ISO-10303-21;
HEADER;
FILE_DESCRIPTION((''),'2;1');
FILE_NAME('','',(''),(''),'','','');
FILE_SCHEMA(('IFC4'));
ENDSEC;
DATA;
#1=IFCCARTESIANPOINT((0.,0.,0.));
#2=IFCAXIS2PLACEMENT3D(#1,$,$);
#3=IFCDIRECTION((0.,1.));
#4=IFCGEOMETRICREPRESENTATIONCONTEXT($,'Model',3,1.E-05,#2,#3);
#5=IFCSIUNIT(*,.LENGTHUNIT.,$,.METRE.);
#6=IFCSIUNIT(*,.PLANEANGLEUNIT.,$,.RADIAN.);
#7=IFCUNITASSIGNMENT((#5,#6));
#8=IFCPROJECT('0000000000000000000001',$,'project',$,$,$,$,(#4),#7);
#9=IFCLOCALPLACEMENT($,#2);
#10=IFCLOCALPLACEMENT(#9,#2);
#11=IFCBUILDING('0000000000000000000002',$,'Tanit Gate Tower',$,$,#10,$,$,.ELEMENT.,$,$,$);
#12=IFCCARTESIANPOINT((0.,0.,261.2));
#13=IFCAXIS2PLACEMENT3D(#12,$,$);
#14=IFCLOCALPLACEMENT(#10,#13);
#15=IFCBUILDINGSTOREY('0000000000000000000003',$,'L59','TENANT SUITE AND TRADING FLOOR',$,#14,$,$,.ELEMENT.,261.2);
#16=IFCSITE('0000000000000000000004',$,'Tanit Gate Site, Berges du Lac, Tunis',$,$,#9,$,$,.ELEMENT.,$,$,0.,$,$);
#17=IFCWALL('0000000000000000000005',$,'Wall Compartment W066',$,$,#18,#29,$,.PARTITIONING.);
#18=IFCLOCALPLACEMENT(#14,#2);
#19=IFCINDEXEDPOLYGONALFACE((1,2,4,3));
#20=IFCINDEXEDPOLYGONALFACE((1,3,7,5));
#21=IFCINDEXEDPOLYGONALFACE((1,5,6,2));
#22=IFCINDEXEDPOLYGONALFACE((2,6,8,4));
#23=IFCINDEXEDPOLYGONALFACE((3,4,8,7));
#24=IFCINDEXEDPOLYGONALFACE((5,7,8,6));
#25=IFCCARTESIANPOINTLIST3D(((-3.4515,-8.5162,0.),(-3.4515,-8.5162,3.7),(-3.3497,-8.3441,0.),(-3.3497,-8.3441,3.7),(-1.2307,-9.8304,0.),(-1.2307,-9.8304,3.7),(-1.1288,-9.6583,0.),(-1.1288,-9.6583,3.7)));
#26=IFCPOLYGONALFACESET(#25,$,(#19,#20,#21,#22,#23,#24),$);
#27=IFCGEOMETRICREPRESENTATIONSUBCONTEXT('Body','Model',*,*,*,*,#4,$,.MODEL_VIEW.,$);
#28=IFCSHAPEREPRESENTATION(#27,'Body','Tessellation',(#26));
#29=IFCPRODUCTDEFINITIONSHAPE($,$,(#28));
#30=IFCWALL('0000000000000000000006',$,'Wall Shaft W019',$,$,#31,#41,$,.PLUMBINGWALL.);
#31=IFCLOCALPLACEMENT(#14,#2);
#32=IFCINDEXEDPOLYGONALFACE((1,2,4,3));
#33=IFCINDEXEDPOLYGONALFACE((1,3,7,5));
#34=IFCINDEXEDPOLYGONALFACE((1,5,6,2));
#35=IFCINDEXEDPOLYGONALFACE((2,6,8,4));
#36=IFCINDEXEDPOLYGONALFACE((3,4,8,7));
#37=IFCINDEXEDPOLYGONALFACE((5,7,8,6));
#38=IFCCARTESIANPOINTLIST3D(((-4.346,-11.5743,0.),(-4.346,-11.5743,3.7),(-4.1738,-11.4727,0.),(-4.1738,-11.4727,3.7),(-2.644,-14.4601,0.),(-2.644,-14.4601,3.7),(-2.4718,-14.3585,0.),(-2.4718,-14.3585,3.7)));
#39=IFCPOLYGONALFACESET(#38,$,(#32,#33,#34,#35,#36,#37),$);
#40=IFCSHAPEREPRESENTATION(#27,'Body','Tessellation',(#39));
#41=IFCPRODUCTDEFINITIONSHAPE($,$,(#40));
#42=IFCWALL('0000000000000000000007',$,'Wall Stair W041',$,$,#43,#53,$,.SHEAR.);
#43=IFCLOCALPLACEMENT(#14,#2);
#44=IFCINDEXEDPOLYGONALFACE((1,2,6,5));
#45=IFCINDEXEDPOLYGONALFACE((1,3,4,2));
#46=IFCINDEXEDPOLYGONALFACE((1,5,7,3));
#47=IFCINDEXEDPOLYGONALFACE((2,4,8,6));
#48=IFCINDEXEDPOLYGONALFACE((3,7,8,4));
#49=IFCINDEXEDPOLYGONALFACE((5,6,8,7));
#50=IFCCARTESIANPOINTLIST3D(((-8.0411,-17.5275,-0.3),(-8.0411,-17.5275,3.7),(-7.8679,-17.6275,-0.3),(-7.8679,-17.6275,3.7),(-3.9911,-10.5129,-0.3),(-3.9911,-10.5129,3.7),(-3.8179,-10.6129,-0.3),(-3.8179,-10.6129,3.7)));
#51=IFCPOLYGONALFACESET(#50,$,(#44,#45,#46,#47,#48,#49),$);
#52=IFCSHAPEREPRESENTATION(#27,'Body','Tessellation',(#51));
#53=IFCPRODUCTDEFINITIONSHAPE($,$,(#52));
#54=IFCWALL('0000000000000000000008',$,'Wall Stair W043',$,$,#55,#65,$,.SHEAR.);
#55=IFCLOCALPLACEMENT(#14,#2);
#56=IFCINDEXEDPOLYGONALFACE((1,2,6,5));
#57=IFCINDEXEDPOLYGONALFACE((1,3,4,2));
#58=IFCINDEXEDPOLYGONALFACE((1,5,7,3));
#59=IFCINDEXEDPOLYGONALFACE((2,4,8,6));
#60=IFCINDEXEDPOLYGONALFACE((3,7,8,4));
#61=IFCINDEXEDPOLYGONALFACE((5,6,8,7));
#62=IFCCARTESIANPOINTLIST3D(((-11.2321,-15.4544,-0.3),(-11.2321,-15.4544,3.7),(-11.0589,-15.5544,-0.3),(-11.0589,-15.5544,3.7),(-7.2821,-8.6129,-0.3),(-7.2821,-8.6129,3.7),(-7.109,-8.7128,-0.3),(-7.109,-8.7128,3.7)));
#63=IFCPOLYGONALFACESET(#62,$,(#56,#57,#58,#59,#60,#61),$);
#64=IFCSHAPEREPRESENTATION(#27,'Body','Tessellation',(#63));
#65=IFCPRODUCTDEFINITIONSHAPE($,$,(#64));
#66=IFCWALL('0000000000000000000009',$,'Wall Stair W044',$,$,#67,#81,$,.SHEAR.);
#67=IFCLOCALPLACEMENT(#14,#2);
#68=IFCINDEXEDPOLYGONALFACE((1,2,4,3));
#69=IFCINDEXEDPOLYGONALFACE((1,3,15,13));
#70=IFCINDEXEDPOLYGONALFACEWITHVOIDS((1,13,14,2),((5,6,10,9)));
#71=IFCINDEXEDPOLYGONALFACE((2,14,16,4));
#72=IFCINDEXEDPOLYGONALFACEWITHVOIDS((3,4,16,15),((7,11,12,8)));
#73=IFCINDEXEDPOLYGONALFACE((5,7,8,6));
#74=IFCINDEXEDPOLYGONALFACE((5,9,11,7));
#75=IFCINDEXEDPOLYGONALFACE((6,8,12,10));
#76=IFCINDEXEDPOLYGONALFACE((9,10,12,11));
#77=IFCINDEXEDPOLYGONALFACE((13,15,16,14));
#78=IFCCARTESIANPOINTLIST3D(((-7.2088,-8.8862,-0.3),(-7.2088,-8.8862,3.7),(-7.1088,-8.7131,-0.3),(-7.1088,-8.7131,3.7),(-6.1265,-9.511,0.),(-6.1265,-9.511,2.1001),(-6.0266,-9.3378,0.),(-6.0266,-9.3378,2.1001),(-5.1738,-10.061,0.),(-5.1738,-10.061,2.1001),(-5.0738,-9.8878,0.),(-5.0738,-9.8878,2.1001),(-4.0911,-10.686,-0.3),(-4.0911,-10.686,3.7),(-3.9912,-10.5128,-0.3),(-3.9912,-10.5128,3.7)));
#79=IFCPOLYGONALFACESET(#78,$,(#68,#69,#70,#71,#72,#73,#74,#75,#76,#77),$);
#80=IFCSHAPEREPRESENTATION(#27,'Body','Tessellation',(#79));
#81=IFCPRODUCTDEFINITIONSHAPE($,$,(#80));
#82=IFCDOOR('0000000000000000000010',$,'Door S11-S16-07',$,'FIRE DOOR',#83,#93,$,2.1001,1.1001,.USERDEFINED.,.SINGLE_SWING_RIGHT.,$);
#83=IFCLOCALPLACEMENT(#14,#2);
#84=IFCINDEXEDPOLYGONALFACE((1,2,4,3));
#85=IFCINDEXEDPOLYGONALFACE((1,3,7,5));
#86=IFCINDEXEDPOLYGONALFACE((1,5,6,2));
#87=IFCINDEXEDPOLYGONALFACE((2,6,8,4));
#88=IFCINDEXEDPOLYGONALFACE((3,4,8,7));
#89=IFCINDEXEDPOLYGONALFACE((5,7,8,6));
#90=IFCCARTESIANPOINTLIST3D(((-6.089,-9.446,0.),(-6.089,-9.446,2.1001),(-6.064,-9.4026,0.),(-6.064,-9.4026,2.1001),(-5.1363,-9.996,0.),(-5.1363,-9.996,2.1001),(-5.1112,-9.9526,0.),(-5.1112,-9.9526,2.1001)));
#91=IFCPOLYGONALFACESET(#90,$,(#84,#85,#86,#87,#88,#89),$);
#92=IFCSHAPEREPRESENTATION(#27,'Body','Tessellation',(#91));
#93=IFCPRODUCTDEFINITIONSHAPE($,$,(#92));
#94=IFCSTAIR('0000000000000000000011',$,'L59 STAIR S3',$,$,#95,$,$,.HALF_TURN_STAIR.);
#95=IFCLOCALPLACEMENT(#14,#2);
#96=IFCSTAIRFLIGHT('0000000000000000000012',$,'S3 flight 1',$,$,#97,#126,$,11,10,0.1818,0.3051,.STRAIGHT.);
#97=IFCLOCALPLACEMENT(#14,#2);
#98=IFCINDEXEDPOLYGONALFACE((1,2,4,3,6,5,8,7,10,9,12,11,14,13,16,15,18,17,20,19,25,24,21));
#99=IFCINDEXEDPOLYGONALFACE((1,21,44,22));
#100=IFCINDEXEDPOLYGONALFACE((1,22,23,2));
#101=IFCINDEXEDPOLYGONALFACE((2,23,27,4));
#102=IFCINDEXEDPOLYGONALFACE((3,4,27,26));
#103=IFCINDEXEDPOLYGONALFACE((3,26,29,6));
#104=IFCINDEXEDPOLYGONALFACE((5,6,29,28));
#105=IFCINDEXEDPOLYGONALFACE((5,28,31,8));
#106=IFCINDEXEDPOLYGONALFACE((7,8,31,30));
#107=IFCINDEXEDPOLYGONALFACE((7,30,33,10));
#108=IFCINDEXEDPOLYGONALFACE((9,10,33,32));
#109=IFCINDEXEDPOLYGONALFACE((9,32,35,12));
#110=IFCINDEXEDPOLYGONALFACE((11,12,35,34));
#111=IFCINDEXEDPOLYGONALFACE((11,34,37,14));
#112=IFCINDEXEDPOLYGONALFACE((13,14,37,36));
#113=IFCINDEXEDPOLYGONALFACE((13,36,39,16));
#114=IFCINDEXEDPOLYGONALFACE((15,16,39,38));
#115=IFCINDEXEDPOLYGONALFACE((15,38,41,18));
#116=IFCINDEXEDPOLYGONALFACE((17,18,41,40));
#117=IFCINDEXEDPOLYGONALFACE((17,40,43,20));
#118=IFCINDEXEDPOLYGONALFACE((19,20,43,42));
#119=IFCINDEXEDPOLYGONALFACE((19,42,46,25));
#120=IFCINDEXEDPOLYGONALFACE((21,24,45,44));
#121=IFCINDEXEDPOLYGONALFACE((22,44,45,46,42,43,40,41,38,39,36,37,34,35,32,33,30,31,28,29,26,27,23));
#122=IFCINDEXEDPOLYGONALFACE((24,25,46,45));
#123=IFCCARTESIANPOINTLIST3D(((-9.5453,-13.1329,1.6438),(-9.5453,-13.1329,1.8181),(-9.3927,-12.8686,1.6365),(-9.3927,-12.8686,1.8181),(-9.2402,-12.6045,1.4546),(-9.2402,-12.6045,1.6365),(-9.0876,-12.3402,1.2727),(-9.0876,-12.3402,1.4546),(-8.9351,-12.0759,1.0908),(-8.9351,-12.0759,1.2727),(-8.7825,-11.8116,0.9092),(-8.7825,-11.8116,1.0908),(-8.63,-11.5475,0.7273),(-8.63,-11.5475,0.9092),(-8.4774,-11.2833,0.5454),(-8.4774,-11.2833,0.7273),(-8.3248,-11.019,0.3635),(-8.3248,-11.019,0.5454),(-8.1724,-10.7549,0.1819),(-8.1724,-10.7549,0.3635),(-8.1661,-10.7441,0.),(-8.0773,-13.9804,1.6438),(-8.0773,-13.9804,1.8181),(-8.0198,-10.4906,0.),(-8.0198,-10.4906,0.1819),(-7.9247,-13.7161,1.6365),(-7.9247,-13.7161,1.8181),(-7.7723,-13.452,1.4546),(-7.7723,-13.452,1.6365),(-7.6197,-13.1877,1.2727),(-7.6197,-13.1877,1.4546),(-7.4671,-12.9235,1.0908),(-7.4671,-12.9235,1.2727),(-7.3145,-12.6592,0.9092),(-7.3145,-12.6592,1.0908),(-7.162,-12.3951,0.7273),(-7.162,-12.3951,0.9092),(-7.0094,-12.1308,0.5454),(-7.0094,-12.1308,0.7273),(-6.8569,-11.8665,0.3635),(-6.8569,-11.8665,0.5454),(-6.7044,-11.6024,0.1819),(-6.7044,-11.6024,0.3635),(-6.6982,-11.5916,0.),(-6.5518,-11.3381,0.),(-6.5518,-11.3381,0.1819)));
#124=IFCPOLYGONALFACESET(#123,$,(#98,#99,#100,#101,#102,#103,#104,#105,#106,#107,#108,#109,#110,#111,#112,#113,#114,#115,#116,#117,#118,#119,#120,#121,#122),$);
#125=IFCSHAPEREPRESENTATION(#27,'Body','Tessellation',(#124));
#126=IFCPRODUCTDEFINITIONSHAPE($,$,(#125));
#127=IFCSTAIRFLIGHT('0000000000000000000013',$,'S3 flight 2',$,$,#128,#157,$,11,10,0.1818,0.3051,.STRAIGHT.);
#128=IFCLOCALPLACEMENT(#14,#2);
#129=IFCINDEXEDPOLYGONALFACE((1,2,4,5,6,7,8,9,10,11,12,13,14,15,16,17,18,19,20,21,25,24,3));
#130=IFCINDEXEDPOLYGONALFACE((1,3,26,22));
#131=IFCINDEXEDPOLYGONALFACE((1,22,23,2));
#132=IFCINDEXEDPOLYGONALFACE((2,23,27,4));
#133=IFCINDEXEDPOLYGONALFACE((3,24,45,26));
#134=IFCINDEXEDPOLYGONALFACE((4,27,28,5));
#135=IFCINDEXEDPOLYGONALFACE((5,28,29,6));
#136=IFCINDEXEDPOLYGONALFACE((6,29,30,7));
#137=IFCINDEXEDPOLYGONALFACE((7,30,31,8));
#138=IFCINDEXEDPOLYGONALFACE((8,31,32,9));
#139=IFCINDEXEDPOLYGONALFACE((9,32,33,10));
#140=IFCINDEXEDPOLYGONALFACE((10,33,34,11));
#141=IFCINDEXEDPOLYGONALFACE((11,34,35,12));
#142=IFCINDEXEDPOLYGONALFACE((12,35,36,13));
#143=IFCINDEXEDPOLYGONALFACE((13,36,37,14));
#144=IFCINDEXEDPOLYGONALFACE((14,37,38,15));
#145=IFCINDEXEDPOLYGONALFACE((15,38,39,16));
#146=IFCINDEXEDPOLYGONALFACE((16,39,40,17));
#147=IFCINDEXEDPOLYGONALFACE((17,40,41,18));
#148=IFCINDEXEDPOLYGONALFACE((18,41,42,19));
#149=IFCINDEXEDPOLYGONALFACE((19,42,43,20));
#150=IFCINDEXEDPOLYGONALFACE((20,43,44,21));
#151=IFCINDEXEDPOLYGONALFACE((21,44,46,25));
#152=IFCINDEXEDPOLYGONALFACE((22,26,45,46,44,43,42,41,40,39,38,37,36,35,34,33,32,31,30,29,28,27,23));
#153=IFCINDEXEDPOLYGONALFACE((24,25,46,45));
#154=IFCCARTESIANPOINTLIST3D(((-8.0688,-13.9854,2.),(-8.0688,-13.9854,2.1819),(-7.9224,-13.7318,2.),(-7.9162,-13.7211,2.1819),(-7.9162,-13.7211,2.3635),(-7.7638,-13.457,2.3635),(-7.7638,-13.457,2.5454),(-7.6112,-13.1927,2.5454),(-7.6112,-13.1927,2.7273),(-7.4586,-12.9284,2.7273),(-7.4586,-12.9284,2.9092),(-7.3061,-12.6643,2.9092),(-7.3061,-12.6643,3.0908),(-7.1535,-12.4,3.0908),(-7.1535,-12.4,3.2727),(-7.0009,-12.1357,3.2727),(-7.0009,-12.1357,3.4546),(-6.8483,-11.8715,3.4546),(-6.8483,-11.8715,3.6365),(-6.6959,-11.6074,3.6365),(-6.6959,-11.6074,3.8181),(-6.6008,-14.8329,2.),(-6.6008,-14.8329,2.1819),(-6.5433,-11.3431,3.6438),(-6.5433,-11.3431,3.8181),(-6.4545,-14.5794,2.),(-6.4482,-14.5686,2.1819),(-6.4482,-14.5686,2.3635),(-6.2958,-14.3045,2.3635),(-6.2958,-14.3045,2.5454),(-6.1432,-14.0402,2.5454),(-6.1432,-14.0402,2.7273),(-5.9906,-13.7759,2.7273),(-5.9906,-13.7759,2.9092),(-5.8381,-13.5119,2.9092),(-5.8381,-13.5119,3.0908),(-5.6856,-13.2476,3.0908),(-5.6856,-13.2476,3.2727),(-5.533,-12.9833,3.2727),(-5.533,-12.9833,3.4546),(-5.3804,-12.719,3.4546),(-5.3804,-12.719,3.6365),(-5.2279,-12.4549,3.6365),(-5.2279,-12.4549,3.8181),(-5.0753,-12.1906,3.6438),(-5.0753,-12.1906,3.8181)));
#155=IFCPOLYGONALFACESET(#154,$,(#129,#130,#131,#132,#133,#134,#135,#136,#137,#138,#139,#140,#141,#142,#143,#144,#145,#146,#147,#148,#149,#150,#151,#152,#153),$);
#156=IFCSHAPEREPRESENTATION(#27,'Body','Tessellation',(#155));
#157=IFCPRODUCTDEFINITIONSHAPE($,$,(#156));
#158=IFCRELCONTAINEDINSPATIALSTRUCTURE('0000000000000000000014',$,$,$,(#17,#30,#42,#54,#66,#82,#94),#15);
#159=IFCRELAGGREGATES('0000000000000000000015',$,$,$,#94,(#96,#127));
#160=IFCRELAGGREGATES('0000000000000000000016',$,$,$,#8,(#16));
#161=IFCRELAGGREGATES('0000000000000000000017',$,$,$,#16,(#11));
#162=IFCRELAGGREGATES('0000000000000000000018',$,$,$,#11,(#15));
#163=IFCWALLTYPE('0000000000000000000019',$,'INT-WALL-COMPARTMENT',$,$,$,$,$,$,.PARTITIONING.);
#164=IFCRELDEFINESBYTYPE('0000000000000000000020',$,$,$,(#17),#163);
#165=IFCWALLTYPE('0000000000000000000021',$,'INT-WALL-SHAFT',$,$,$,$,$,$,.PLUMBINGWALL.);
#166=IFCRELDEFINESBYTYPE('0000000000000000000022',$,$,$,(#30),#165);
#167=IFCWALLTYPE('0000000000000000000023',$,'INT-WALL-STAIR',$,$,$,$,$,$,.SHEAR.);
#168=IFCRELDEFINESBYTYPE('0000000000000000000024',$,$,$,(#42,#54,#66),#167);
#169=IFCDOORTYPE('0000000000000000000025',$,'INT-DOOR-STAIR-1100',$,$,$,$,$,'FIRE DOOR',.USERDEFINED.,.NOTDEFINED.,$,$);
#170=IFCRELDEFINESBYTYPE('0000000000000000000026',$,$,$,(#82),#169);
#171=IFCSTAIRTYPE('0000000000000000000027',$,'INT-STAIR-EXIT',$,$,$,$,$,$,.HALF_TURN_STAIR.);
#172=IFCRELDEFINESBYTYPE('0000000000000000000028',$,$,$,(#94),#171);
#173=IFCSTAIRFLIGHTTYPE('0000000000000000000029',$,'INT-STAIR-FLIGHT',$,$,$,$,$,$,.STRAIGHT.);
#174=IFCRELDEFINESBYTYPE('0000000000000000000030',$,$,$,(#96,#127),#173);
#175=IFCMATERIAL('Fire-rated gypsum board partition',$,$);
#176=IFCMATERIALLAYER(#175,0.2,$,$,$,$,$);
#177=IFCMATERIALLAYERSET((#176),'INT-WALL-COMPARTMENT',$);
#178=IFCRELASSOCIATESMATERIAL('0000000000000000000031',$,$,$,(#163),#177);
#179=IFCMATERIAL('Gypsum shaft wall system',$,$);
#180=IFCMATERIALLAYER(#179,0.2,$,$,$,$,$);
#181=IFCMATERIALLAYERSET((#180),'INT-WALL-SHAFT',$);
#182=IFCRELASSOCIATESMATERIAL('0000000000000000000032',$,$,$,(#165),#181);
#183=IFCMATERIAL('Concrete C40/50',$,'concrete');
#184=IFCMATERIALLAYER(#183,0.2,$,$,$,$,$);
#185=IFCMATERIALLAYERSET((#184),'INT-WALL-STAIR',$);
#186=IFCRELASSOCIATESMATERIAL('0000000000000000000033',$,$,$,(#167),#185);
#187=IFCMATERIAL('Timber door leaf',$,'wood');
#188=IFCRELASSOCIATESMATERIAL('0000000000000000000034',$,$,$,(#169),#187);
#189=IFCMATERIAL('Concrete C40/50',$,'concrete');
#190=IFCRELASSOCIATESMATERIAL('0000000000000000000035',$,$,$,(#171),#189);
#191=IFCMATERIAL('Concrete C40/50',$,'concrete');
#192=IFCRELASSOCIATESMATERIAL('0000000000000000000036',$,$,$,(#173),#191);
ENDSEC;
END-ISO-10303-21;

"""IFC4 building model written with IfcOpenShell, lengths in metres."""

from ifc_helpers import new_model, si_unit, direction, frame, frame_2d, origin, place, context, subcontext, project, spatial, polyline, rectangle, outline, extrude, material, layer, layer_set, type_object, element, fill, aggregate, save


model = new_model("IFC4")

# Units and contexts
model_context = context("Model", 3, precision=1e-05, world=origin(), true_north=direction((0.0, 1.0)))
body_context = subcontext(model_context, "Body", "Model", "MODEL_VIEW")
ifc_project = project(units=[si_unit("LENGTHUNIT", "METRE"), si_unit("PLANEANGLEUNIT", "RADIAN")], contexts=[model_context])

# Site, building, storey
site_placement = place(None, origin())
site = spatial("IfcSite", under=ifc_project, at=site_placement, Name="Tanit Gate Site, Berges du Lac, Tunis", CompositionType="ELEMENT", RefElevation=0.0)
building_placement = place(site_placement, origin())
building = spatial("IfcBuilding", under=site, at=building_placement, Name="Tanit Gate Tower", CompositionType="ELEMENT")
storey_placement = place(building_placement, frame((0.0, 0.0, 261.2)))
storey = spatial("IfcBuildingStorey", under=building, at=storey_placement, Name="L59", Description="TENANT SUITE AND TRADING FLOOR", CompositionType="ELEMENT", Elevation=261.2)

# Walls
ifc_material_1 = material(Name="Fire-rated gypsum board partition")
ifc_layer_1 = layer(ifc_material_1, 0.2)
ifc_layer_set_1 = layer_set([ifc_layer_1], Name="INT-WALL-COMPARTMENT")
wall_type_1 = type_object("IfcWallType", Name="INT-WALL-COMPARTMENT", PredefinedType="PARTITIONING", material=ifc_layer_set_1)
wall_1_placement = place(storey_placement, frame((-3.4006, -8.4302, 0.0), z_axis=(0.0, 0.0, 1.0), x_axis=(0.860616, -0.509255, 0.0)))
element("IfcWall", 1, at=wall_1_placement, inside=storey, type_object=wall_type_1, Name="Wall Compartment W066", PredefinedType="PARTITIONING", context=body_context, shape_type="SweptSolid", body=[
    extrude(rectangle(XDim=2.5806, YDim=0.2, at=frame_2d((1.2903, 0.0))), origin(), (0.0, 0.0, 1.0), 3.7),
])
ifc_material_2 = material(Name="Gypsum shaft wall system")
ifc_layer_2 = layer(ifc_material_2, 0.2)
ifc_layer_set_2 = layer_set([ifc_layer_2], Name="INT-WALL-SHAFT")
wall_type_2 = type_object("IfcWallType", Name="INT-WALL-SHAFT", PredefinedType="PLUMBINGWALL", material=ifc_layer_set_2)
wall_2_placement = place(storey_placement, frame((-2.5579, -14.4094, 0.0), z_axis=(0.0, 0.0, 1.0), x_axis=(-0.507997, 0.861359, 0.0)))
element("IfcWall", 2, at=wall_2_placement, inside=storey, type_object=wall_type_2, Name="Wall Shaft W019", PredefinedType="PLUMBINGWALL", context=body_context, shape_type="SweptSolid", body=[
    extrude(rectangle(XDim=3.3503, YDim=0.2, at=frame_2d((1.6753, 0.0))), origin(), (0.0, 0.0, 1.0), 3.7),
])
ifc_material_3 = material(Name="Concrete C40/50", Category="concrete")
ifc_layer_3 = layer(ifc_material_3, 0.2)
ifc_layer_set_3 = layer_set([ifc_layer_3], Name="INT-WALL-STAIR")
wall_type_3 = type_object("IfcWallType", Name="INT-WALL-STAIR", PredefinedType="SHEAR", material=ifc_layer_set_3)
wall_3_placement = place(storey_placement, frame((-3.9045, -10.563, -0.3), z_axis=(0.0, 0.0, 1.0), x_axis=(-0.500013, -0.866018, 0.0)))
element("IfcWall", 3, at=wall_3_placement, inside=storey, type_object=wall_type_3, Name="Wall Stair W041", PredefinedType="SHEAR", context=body_context, shape_type="SweptSolid", body=[
    extrude(rectangle(XDim=8.0999, YDim=0.2, at=frame_2d((4.0498, 0.0))), origin(), (0.0, 0.0, 1.0), 4.0),
])
wall_4_placement = place(storey_placement, frame((-7.1956, -8.6628, -0.3), z_axis=(0.0, 0.0, 1.0), x_axis=(-0.499998, -0.866027, 0.0)))
element("IfcWall", 4, at=wall_4_placement, inside=storey, type_object=wall_type_3, Name="Wall Stair W043", PredefinedType="SHEAR", context=body_context, shape_type="SweptSolid", body=[
    extrude(rectangle(XDim=7.8999, YDim=0.2, at=frame_2d((3.95, 0.0))), origin(), (0.0, 0.0, 1.0), 4.0),
])

# Wall, opening, door
wall_5_placement = place(storey_placement, frame((-4.0413, -10.5994, -0.3), z_axis=(0.0, 0.0, 1.0), x_axis=(-0.866048, 0.499961, 0.0)))
wall_5 = element("IfcWall", 5, at=wall_5_placement, inside=storey, type_object=wall_type_3, Name="Wall Stair W044", PredefinedType="SHEAR", context=body_context, shape_type="SweptSolid", body=[
    extrude(rectangle(XDim=3.5999, YDim=0.2, at=frame_2d((1.7998, 0.0))), origin(), (0.0, 0.0, 1.0), 4.0),
])
opening_1_placement = place(wall_5_placement, frame((1.25, 0.0, 0.3)))
opening_1 = element("IfcOpeningElement", 6, at=opening_1_placement, cuts=wall_5, PredefinedType="OPENING", context=body_context, shape_type="SweptSolid", body=[
    extrude(rectangle(XDim=1.1001, YDim=2.1001, at=frame_2d((0.55, 1.05))), frame((0.0, 0.1099, 0.0), z_axis=(0.0, -1.0, 0.0), x_axis=(1.0, 0.0, 0.0)), (0.0, 0.0, 1.0), 0.22),
])
ifc_material_4 = material(Name="Timber door leaf", Category="wood")
door_type_1 = type_object("IfcDoorType", Name="INT-DOOR-STAIR-1100", ElementType="FIRE DOOR", OperationType="NOTDEFINED", PredefinedType="USERDEFINED", material=ifc_material_4)
door_1_placement = place(opening_1_placement, origin())
door_1 = element("IfcDoor", 7, at=door_1_placement, inside=storey, type_object=door_type_1, Name="Door S11-S16-07", ObjectType="FIRE DOOR", OperationType="SINGLE_SWING_RIGHT", OverallHeight=2.1001, OverallWidth=1.1001, PredefinedType="USERDEFINED", context=body_context, shape_type="SweptSolid", body=[
    extrude(rectangle(XDim=1.1001, YDim=2.1001, at=frame_2d((0.55, 1.05))), frame((0.0, 0.0249, 0.0), z_axis=(0.0, -1.0, 0.0), x_axis=(1.0, 0.0, 0.0)), (0.0, 0.0, 1.0), 0.05),
])
fill(opening_1, door_1)

# Stair, stair flights
ifc_material_5 = material(Name="Concrete C40/50", Category="concrete")
stair_type = type_object("IfcStairType", Name="INT-STAIR-EXIT", PredefinedType="HALF_TURN_STAIR", material=ifc_material_5)
stair_placement = place(storey_placement, origin())
stair = element("IfcStair", 8, at=stair_placement, inside=storey, type_object=stair_type, Name="L59 STAIR S3", PredefinedType="HALF_TURN_STAIR")
ifc_material_6 = material(Name="Concrete C40/50", Category="concrete")
stair_flight_type = type_object("IfcStairFlightType", Name="INT-STAIR-FLIGHT", PredefinedType="STRAIGHT", material=ifc_material_6)
stair_flight_1_placement = place(storey_placement, frame((-7.2859, -10.9143, 0.0), z_axis=(0.0, 0.0, 1.0), x_axis=(-0.5, -0.866025, 0.0)))
stair_flight_1 = element("IfcStairFlight", 9, at=stair_flight_1_placement, type_object=stair_flight_type, Name="S3 flight 1", NumberOfRisers=11, NumberOfTreads=10, PredefinedType="STRAIGHT", RiserHeight=0.1818, TreadLength=0.3051, context=body_context, shape_type="SweptSolid", body=[
    extrude(outline(polyline([(0.0, 0.0), (0.0, 0.1819), (0.3052, 0.1819), (0.3052, 0.3635), (0.6101, 0.3635), (0.6101, 0.5454), (0.9153, 0.5454), (0.9153, 0.7273), (1.2205, 0.7273), (1.2205, 0.9092), (1.5254, 0.9092), (1.5254, 1.0908), (1.8306, 1.0908), (1.8306, 1.2727), (2.1357, 1.2727), (2.1357, 1.4546), (2.4409, 1.4546), (2.4409, 1.6365), (2.7458, 1.6365), (2.7458, 1.8181), (3.051, 1.8181), (3.051, 2.0), (3.051, 1.6438), (0.2927, 0.0), (0.0, 0.0)])), frame((0.0, 0.8477, 0.0), z_axis=(0.0, -1.0, 0.0), x_axis=(1.0, 0.0, 0.0)), (0.0, 0.0, 1.0), 1.6951),
])
stair_flight_2_placement = place(storey_placement, frame((-7.3347, -14.4092, 2.0), z_axis=(0.0, 0.0, 1.0), x_axis=(0.5, 0.866025, 0.0)))
stair_flight_2 = element("IfcStairFlight", 10, at=stair_flight_2_placement, type_object=stair_flight_type, Name="S3 flight 2", NumberOfRisers=11, NumberOfTreads=10, PredefinedType="STRAIGHT", RiserHeight=0.1818, TreadLength=0.3051, context=body_context, shape_type="SweptSolid", body=[
    extrude(outline(polyline([(0.0, 0.0), (0.0, 0.1819), (0.3052, 0.1819), (0.3052, 0.3635), (0.6101, 0.3635), (0.6101, 0.5454), (0.9153, 0.5454), (0.9153, 0.7273), (1.2205, 0.7273), (1.2205, 0.9092), (1.5254, 0.9092), (1.5254, 1.0908), (1.8306, 1.0908), (1.8306, 1.2727), (2.1357, 1.2727), (2.1357, 1.4546), (2.4409, 1.4546), (2.4409, 1.6365), (2.7458, 1.6365), (2.7458, 1.8181), (3.051, 1.8181), (3.051, 2.0), (3.051, 1.6438), (0.2927, 0.0), (0.0, 0.0)])), frame((0.0, 0.8477, 0.0), z_axis=(0.0, -1.0, 0.0), x_axis=(1.0, 0.0, 0.0)), (0.0, 0.0, 1.0), 1.6951),
])
aggregate(stair, [stair_flight_1, stair_flight_2])

save(model, "model.ifc")
